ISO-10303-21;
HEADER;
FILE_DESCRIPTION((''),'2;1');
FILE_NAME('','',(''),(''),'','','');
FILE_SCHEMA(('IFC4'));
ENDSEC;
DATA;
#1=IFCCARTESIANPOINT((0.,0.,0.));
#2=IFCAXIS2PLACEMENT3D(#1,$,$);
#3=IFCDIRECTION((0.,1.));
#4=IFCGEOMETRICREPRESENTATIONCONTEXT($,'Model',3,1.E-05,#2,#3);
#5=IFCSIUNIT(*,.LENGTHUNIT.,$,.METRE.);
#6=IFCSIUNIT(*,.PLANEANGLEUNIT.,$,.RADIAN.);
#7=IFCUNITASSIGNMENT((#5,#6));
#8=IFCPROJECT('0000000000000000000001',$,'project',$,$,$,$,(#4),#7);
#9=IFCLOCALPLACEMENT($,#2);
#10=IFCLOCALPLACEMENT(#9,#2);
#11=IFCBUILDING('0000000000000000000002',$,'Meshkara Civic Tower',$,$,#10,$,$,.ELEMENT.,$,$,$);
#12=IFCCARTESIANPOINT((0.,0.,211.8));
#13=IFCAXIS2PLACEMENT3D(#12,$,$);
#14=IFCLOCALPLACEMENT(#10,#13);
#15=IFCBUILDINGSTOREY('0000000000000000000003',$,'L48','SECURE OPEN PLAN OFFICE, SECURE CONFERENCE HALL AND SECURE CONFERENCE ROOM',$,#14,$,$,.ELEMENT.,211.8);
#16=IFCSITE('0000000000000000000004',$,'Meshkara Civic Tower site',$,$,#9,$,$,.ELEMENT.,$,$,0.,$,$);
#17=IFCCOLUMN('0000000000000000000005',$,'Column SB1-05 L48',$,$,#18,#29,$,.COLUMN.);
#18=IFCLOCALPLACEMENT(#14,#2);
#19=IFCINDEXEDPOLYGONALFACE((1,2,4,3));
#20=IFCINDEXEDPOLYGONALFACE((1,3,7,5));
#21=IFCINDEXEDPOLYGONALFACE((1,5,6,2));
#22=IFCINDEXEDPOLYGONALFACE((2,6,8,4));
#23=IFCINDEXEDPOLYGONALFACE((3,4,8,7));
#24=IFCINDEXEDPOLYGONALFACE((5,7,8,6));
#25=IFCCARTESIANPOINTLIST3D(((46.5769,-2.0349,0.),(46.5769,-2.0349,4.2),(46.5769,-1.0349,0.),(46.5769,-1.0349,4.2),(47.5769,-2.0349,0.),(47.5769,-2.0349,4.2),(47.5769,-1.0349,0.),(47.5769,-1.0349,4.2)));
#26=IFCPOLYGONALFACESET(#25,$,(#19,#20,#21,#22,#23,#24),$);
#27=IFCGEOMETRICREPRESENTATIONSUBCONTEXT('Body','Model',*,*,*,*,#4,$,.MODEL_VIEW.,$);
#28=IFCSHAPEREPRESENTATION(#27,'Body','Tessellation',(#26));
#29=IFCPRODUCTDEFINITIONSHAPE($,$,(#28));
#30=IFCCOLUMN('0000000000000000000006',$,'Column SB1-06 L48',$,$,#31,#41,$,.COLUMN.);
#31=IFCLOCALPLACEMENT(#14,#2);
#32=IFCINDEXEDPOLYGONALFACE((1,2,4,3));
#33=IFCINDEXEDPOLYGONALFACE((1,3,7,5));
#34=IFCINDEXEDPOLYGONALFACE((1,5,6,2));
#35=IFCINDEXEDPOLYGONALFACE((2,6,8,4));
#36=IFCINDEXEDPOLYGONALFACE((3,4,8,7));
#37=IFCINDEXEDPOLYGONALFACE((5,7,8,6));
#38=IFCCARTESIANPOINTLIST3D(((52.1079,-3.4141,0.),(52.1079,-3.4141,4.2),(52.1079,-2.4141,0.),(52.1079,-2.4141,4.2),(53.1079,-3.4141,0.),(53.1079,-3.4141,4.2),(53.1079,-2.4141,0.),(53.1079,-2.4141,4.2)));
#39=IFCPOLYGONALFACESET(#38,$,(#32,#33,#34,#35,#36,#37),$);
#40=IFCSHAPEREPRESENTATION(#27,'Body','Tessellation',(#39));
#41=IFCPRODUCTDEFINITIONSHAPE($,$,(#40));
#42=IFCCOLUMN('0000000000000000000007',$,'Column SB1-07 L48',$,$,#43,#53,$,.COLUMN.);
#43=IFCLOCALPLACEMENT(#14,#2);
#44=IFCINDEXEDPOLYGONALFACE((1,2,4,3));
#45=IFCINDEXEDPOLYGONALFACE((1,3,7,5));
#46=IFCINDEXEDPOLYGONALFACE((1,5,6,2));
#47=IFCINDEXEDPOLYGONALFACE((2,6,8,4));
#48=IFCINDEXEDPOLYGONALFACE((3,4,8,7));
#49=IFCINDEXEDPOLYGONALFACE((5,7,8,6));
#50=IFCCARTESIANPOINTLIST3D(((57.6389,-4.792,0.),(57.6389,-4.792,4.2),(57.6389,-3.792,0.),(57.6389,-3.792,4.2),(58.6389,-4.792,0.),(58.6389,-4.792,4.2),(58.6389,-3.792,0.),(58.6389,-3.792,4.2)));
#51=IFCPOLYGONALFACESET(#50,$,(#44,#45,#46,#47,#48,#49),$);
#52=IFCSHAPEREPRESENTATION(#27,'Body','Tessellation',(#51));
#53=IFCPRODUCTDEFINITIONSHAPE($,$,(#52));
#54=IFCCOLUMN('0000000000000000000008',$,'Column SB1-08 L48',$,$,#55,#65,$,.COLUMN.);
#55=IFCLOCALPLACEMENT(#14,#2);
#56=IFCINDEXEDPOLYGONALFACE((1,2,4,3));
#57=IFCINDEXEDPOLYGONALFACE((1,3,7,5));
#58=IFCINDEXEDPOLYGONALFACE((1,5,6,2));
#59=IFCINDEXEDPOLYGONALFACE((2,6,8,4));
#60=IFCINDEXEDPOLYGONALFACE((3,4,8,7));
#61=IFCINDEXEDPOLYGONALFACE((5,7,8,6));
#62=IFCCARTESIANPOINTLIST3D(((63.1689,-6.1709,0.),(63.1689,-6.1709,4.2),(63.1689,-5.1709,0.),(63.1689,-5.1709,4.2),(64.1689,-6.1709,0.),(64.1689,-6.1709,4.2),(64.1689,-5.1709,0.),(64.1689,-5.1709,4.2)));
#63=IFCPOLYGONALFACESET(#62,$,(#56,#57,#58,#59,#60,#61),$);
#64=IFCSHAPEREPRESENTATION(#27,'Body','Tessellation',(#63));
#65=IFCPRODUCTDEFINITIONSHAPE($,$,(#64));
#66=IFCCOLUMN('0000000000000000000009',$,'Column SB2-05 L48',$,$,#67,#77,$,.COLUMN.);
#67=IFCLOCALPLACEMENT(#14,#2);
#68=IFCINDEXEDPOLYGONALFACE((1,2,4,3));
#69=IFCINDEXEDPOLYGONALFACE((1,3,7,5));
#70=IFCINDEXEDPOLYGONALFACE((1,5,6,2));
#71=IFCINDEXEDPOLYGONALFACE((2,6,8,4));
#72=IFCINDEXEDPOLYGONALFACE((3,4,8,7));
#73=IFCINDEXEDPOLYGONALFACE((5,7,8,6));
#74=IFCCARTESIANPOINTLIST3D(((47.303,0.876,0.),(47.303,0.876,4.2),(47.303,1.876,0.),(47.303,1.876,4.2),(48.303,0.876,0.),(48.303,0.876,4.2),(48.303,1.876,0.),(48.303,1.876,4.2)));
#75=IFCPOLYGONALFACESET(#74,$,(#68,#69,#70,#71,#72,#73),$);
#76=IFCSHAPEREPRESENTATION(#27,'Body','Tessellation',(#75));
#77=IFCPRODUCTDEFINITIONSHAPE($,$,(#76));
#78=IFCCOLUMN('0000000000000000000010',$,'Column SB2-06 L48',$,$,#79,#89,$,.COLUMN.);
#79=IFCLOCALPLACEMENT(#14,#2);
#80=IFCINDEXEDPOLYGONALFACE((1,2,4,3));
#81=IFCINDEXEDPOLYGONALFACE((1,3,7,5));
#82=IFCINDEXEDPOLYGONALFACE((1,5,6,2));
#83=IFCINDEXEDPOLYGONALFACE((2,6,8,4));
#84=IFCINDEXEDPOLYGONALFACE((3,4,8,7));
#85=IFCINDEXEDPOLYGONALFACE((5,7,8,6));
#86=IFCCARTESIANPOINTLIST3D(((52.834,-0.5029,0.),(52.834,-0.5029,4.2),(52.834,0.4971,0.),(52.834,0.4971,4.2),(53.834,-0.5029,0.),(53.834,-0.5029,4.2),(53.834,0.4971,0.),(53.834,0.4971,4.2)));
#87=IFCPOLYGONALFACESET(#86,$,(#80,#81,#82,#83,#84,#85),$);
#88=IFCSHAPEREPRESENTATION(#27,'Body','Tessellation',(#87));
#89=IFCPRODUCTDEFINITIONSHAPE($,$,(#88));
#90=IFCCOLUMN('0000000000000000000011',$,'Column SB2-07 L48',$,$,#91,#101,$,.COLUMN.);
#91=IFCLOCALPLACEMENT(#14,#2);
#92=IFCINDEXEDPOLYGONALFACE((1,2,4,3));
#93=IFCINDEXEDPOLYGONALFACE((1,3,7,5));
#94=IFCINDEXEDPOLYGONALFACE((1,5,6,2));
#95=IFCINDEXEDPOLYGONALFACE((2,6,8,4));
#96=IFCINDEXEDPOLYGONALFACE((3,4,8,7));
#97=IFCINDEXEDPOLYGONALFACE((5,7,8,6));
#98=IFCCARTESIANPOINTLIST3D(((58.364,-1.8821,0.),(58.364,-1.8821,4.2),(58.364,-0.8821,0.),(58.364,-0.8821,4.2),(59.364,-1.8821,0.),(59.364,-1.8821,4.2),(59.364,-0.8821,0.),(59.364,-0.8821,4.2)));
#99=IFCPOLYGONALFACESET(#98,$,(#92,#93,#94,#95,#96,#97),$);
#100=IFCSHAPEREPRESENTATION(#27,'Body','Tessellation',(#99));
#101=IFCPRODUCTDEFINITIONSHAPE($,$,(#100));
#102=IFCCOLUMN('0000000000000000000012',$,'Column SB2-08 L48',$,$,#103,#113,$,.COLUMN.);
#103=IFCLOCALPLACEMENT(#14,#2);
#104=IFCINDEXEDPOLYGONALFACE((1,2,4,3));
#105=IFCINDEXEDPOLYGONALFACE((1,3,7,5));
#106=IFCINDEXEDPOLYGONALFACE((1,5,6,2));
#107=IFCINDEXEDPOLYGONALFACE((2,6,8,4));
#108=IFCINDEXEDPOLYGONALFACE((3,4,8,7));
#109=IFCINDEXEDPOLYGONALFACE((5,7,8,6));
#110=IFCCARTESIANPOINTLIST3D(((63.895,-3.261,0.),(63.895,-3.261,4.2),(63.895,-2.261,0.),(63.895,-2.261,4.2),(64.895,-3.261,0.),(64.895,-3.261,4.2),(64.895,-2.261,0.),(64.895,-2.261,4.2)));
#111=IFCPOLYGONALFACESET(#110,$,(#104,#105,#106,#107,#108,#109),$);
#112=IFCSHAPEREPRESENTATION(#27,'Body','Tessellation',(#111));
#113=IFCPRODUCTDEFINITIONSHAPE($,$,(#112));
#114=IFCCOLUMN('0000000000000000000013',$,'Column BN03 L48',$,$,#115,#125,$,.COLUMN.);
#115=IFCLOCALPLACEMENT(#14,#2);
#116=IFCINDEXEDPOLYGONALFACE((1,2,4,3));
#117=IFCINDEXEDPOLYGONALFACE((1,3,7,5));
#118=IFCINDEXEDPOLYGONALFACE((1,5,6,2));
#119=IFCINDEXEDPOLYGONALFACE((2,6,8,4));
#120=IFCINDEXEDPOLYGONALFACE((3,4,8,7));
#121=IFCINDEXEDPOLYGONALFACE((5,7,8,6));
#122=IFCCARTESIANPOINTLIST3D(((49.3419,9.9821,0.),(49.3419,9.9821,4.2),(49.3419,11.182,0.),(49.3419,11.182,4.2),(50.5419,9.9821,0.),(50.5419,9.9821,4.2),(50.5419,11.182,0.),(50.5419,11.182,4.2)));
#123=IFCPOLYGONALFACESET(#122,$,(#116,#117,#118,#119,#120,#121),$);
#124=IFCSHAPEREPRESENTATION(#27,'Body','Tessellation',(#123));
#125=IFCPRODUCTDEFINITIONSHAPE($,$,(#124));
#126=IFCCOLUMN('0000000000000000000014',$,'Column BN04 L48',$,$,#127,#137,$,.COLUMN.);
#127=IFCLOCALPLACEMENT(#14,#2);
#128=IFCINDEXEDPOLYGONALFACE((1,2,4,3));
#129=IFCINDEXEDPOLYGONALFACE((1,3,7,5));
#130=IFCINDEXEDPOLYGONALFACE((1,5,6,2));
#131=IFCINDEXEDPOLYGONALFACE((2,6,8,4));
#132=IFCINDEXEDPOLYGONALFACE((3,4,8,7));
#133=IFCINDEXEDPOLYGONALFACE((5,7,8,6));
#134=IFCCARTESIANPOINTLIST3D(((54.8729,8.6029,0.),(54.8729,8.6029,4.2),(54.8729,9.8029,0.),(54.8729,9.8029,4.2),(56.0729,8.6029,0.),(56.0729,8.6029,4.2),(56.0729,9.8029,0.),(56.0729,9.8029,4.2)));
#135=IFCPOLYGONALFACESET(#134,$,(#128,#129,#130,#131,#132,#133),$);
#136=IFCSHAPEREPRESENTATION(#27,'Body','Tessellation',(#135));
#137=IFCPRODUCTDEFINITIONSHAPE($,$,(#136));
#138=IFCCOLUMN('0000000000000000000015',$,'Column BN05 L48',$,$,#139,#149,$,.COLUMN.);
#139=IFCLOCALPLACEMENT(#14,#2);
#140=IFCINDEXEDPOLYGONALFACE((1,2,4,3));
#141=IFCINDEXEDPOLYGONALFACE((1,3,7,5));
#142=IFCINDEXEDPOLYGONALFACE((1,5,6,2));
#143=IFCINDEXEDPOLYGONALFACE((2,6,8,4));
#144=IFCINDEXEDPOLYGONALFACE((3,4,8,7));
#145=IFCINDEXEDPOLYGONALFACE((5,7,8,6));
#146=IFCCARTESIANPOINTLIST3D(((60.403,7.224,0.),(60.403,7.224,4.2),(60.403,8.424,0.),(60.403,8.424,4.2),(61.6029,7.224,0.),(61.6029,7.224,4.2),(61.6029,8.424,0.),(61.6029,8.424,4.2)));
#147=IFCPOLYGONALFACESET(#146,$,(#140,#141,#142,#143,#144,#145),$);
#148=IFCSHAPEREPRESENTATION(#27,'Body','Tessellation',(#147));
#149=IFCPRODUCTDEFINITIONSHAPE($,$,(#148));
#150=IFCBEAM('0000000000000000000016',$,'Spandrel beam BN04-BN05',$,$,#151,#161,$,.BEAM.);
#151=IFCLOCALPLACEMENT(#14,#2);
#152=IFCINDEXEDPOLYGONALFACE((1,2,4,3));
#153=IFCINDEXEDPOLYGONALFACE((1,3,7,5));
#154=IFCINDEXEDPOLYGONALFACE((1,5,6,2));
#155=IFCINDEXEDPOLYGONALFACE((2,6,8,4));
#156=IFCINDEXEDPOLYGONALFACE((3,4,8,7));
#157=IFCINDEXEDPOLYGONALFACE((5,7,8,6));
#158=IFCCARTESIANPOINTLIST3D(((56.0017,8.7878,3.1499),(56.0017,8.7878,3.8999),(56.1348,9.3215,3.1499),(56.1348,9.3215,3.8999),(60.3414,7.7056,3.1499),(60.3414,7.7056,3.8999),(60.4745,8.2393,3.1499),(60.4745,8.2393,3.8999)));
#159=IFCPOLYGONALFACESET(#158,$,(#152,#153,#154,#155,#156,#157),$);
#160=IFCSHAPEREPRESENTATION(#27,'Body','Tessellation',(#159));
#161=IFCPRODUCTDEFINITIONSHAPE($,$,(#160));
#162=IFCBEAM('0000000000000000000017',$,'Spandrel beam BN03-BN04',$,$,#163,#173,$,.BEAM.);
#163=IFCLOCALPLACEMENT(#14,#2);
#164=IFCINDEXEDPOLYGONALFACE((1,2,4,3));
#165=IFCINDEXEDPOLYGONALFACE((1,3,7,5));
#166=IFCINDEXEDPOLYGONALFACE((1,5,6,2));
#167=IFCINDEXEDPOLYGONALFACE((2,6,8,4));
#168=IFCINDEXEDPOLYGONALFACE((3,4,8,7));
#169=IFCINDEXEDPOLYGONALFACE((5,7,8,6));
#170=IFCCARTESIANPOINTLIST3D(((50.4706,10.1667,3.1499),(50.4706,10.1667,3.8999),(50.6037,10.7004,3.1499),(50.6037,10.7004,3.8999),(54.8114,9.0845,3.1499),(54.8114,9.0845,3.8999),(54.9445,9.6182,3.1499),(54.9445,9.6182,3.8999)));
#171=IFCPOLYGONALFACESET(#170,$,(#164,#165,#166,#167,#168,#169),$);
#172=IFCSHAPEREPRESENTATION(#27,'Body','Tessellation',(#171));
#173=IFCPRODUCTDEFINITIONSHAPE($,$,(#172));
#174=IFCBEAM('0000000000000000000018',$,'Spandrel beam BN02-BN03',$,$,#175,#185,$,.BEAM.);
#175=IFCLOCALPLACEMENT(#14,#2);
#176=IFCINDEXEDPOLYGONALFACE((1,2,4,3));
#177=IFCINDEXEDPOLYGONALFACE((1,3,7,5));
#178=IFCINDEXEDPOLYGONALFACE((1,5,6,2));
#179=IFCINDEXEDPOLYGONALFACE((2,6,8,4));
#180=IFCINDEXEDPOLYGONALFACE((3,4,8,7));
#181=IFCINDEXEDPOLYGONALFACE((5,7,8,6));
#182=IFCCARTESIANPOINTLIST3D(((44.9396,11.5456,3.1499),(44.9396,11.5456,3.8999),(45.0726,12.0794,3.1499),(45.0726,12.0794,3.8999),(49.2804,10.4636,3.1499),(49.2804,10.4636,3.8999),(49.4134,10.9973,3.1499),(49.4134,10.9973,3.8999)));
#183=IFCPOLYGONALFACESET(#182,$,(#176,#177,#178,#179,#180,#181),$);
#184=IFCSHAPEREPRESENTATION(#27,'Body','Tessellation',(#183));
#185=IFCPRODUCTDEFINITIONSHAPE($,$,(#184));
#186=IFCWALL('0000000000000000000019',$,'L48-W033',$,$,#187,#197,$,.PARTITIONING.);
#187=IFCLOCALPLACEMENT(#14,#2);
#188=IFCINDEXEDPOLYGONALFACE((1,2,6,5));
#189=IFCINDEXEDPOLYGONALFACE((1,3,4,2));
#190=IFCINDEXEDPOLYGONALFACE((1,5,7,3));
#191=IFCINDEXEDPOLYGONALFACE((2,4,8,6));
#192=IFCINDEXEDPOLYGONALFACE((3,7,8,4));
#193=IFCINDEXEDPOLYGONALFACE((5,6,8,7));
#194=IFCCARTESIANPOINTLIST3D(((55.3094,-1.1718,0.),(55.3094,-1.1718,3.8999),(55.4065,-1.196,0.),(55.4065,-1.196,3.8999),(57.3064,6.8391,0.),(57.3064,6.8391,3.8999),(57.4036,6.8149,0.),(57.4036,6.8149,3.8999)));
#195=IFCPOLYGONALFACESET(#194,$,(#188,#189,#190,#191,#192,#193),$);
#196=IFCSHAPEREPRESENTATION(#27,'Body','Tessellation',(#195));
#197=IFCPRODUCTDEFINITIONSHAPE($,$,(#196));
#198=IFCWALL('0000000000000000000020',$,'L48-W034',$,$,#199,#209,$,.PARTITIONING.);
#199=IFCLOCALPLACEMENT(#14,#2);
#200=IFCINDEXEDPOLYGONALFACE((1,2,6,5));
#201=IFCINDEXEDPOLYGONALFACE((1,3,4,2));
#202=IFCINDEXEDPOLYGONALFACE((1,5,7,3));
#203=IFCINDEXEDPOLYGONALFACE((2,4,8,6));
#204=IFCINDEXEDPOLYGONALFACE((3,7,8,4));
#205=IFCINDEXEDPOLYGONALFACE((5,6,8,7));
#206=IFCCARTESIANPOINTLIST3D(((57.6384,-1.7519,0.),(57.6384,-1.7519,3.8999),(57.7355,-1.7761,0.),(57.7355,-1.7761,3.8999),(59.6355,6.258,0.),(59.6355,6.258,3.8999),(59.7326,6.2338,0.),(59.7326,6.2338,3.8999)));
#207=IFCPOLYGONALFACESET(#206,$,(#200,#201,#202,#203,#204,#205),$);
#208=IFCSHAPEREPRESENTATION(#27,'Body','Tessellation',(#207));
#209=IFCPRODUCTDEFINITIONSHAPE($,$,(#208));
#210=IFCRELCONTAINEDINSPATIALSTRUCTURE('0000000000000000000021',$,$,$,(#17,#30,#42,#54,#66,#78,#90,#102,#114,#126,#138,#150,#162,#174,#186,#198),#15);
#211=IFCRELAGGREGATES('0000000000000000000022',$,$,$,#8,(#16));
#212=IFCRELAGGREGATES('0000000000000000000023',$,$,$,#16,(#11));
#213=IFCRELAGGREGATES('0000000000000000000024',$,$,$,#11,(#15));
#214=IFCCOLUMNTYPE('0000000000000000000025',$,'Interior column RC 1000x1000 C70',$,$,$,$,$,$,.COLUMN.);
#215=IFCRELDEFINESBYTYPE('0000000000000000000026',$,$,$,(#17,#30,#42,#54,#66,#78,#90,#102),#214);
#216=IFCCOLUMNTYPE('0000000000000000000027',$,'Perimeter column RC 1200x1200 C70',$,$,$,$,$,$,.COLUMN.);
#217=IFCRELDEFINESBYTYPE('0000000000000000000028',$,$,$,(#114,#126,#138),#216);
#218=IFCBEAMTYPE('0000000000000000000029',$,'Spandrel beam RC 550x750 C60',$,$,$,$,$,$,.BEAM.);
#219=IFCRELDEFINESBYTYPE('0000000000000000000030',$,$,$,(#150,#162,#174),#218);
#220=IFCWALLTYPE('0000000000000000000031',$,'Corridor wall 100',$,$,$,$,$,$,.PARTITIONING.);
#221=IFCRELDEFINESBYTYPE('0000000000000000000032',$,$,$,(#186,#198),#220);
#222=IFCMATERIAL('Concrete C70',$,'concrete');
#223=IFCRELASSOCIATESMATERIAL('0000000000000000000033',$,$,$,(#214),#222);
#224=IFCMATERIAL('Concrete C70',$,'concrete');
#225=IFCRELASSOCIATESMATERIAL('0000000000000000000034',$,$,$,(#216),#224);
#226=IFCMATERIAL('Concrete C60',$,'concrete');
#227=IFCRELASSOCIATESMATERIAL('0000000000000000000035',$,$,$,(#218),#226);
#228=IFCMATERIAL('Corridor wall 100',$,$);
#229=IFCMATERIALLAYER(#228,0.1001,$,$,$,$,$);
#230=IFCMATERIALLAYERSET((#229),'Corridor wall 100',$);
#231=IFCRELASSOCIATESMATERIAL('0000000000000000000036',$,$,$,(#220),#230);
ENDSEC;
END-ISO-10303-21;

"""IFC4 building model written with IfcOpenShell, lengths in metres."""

from ifc_helpers import new_model, si_unit, direction, frame, frame_2d, origin, origin_2d, place, context, subcontext, project, spatial, rectangle, extrude, material, layer, layer_set, material_profile, profile_set, type_object, element, save


model = new_model("IFC4")

# Units and contexts
model_context = context("Model", 3, precision=1e-05, world=origin(), true_north=direction((0.0, 1.0)))
body_context = subcontext(model_context, "Body", "Model", "MODEL_VIEW")
ifc_project = project(units=[si_unit("LENGTHUNIT", "METRE"), si_unit("PLANEANGLEUNIT", "RADIAN")], contexts=[model_context])

# Site, building, storey
site_placement = place(None, origin())
site = spatial("IfcSite", under=ifc_project, at=site_placement, Name="Meshkara Civic Tower site", CompositionType="ELEMENT", RefElevation=0.0)
building_placement = place(site_placement, origin())
building = spatial("IfcBuilding", under=site, at=building_placement, Name="Meshkara Civic Tower", CompositionType="ELEMENT")
storey_placement = place(building_placement, frame((0.0, 0.0, 211.8)))
storey = spatial("IfcBuildingStorey", under=building, at=storey_placement, Name="L48", Description="SECURE OPEN PLAN OFFICE, SECURE CONFERENCE HALL AND SECURE CONFERENCE ROOM", CompositionType="ELEMENT", Elevation=211.8)

# Columns
ifc_material_1 = material(Name="Concrete C70", Category="concrete")
ifc_material_profile_1 = material_profile(ifc_material_1, rectangle(XDim=1.0, YDim=1.0, at=origin_2d()))
ifc_profile_set_1 = profile_set([ifc_material_profile_1], Name="Concrete C70")
column_type_1 = type_object("IfcColumnType", Name="Interior column RC 1000x1000 C70", PredefinedType="COLUMN", material=ifc_profile_set_1)
for number, where, z_axis, x_axis, name in (
    (1, (47.0769, -1.5349, 0.0), (0.0, 0.0, 1.0), (1.0, 0.0, 0.0), "Column SB1-05 L48"),
    (2, (52.6079, -2.9141, 0.0), (0.0, 0.0, 1.0), (1.0, 0.0, 0.0), "Column SB1-06 L48"),
    (3, (58.1389, -4.292, 0.0), (0.0, 0.0, 1.0), (1.0, 0.0, 0.0), "Column SB1-07 L48"),
    (4, (63.6689, -5.6709, 0.0), (0.0, 0.0, 1.0), (1.0, 0.0, 0.0), "Column SB1-08 L48"),
    (5, (47.803, 1.376, 0.0), (0.0, 0.0, 1.0), (1.0, 0.0, 0.0), "Column SB2-05 L48"),
    (6, (53.334, -0.0029, 0.0), (0.0, 0.0, 1.0), (1.0, 0.0, 0.0), "Column SB2-06 L48"),
    (7, (58.864, -1.3821, 0.0), (0.0, 0.0, 1.0), (1.0, 0.0, 0.0), "Column SB2-07 L48"),
    (8, (64.395, -2.761, 0.0), (0.0, 0.0, 1.0), (1.0, 0.0, 0.0), "Column SB2-08 L48"),
):
    element("IfcColumn", number, at=place(storey_placement, frame(where, z_axis=z_axis, x_axis=x_axis)), inside=storey, type_object=column_type_1, Name=name, PredefinedType="COLUMN", context=body_context, shape_type="SweptSolid", body=[
        extrude(rectangle(XDim=1.0, YDim=1.0, at=origin_2d()), origin(), (0.0, 0.0, 1.0), 4.2),
    ])
ifc_material_2 = material(Name="Concrete C70", Category="concrete")
ifc_material_profile_2 = material_profile(ifc_material_2, rectangle(XDim=1.2, YDim=1.2, at=origin_2d()))
ifc_profile_set_2 = profile_set([ifc_material_profile_2], Name="Concrete C70")
column_type_2 = type_object("IfcColumnType", Name="Perimeter column RC 1200x1200 C70", PredefinedType="COLUMN", material=ifc_profile_set_2)
for number, where, z_axis, x_axis, name in (
    (9, (49.9419, 10.582, 0.0), (0.0, 0.0, 1.0), (1.0, 0.0, 0.0), "Column BN03 L48"),
    (10, (55.4729, 9.2029, 0.0), (0.0, 0.0, 1.0), (1.0, 0.0, 0.0), "Column BN04 L48"),
    (11, (61.0029, 7.824, 0.0), (0.0, 0.0, 1.0), (1.0, 0.0, 0.0), "Column BN05 L48"),
):
    element("IfcColumn", number, at=place(storey_placement, frame(where, z_axis=z_axis, x_axis=x_axis)), inside=storey, type_object=column_type_2, Name=name, PredefinedType="COLUMN", context=body_context, shape_type="SweptSolid", body=[
        extrude(rectangle(XDim=1.2, YDim=1.2, at=origin_2d()), origin(), (0.0, 0.0, 1.0), 4.2),
    ])

# Beams
ifc_material_3 = material(Name="Concrete C60", Category="concrete")
ifc_material_profile_3 = material_profile(ifc_material_3, rectangle(XDim=0.55, YDim=0.75, at=origin_2d()))
ifc_profile_set_3 = profile_set([ifc_material_profile_3], Name="Concrete C60")
beam_type = type_object("IfcBeamType", Name="Spandrel beam RC 550x750 C60", PredefinedType="BEAM", material=ifc_profile_set_3)
beam_placement = place(storey_placement, frame((60.408, 7.9724, 3.5249), z_axis=(-0.970284, 0.24197, 0.0), x_axis=(-0.24197, -0.970284, 0.0)))
element("IfcBeam", 12, at=beam_placement, inside=storey, type_object=beam_type, Name="Spandrel beam BN04-BN05", PredefinedType="BEAM", context=body_context, shape_type="SweptSolid", body=[
    extrude(rectangle(XDim=0.55, YDim=0.75, at=origin_2d()), origin(), (0.0, 0.0, 1.0), 4.4727),
])
for number, where, z_axis, x_axis, name in (
    (13, (54.8779, 9.3513, 3.5249), (-0.970296, 0.241919, 0.0), (-0.241919, -0.970296, 0.0), "Spandrel beam BN03-BN04"),
    (14, (49.3469, 10.7305, 3.5249), (-0.970309, 0.241868, 0.0), (-0.241868, -0.970309, 0.0), "Spandrel beam BN02-BN03"),
):
    element("IfcBeam", number, at=place(storey_placement, frame(where, z_axis=z_axis, x_axis=x_axis)), inside=storey, type_object=beam_type, Name=name, PredefinedType="BEAM", context=body_context, shape_type="SweptSolid", body=[
        extrude(rectangle(XDim=0.55, YDim=0.75, at=origin_2d()), origin(), (0.0, 0.0, 1.0), 4.4736),
    ])

# Walls
ifc_material_4 = material(Name="Corridor wall 100")
ifc_layer_1 = layer(ifc_material_4, 0.1001)
ifc_layer_set_1 = layer_set([ifc_layer_1], Name="Corridor wall 100")
wall_type_1 = type_object("IfcWallType", Name="Corridor wall 100", PredefinedType="PARTITIONING", material=ifc_layer_set_1)
wall_1_placement = place(storey_placement, frame((57.355, 6.8269, 0.0), z_axis=(0.0, 0.0, 1.0), x_axis=(-0.241888, -0.970304, 0.0)))
element("IfcWall", 15, at=wall_1_placement, inside=storey, type_object=wall_type_1, Name="L48-W033", PredefinedType="PARTITIONING", context=body_context, shape_type="SweptSolid", body=[
    extrude(rectangle(XDim=8.2561, YDim=0.1001, at=frame_2d((4.1279, 0.0))), origin(), (0.0, 0.0, 1.0), 3.8999),
])
wall_2_placement = place(storey_placement, frame((57.687, -1.7639, 0.0), z_axis=(0.0, 0.0, 1.0), x_axis=(0.241916, 0.970297, 0.0)))
element("IfcWall", 16, at=wall_2_placement, inside=storey, type_object=wall_type_1, Name="L48-W034", PredefinedType="PARTITIONING", context=body_context, shape_type="SweptSolid", body=[
    extrude(rectangle(XDim=8.2551, YDim=0.1001, at=frame_2d((4.1274, 0.0))), origin(), (0.0, 0.0, 1.0), 3.8999),
])

save(model, "model.ifc")
